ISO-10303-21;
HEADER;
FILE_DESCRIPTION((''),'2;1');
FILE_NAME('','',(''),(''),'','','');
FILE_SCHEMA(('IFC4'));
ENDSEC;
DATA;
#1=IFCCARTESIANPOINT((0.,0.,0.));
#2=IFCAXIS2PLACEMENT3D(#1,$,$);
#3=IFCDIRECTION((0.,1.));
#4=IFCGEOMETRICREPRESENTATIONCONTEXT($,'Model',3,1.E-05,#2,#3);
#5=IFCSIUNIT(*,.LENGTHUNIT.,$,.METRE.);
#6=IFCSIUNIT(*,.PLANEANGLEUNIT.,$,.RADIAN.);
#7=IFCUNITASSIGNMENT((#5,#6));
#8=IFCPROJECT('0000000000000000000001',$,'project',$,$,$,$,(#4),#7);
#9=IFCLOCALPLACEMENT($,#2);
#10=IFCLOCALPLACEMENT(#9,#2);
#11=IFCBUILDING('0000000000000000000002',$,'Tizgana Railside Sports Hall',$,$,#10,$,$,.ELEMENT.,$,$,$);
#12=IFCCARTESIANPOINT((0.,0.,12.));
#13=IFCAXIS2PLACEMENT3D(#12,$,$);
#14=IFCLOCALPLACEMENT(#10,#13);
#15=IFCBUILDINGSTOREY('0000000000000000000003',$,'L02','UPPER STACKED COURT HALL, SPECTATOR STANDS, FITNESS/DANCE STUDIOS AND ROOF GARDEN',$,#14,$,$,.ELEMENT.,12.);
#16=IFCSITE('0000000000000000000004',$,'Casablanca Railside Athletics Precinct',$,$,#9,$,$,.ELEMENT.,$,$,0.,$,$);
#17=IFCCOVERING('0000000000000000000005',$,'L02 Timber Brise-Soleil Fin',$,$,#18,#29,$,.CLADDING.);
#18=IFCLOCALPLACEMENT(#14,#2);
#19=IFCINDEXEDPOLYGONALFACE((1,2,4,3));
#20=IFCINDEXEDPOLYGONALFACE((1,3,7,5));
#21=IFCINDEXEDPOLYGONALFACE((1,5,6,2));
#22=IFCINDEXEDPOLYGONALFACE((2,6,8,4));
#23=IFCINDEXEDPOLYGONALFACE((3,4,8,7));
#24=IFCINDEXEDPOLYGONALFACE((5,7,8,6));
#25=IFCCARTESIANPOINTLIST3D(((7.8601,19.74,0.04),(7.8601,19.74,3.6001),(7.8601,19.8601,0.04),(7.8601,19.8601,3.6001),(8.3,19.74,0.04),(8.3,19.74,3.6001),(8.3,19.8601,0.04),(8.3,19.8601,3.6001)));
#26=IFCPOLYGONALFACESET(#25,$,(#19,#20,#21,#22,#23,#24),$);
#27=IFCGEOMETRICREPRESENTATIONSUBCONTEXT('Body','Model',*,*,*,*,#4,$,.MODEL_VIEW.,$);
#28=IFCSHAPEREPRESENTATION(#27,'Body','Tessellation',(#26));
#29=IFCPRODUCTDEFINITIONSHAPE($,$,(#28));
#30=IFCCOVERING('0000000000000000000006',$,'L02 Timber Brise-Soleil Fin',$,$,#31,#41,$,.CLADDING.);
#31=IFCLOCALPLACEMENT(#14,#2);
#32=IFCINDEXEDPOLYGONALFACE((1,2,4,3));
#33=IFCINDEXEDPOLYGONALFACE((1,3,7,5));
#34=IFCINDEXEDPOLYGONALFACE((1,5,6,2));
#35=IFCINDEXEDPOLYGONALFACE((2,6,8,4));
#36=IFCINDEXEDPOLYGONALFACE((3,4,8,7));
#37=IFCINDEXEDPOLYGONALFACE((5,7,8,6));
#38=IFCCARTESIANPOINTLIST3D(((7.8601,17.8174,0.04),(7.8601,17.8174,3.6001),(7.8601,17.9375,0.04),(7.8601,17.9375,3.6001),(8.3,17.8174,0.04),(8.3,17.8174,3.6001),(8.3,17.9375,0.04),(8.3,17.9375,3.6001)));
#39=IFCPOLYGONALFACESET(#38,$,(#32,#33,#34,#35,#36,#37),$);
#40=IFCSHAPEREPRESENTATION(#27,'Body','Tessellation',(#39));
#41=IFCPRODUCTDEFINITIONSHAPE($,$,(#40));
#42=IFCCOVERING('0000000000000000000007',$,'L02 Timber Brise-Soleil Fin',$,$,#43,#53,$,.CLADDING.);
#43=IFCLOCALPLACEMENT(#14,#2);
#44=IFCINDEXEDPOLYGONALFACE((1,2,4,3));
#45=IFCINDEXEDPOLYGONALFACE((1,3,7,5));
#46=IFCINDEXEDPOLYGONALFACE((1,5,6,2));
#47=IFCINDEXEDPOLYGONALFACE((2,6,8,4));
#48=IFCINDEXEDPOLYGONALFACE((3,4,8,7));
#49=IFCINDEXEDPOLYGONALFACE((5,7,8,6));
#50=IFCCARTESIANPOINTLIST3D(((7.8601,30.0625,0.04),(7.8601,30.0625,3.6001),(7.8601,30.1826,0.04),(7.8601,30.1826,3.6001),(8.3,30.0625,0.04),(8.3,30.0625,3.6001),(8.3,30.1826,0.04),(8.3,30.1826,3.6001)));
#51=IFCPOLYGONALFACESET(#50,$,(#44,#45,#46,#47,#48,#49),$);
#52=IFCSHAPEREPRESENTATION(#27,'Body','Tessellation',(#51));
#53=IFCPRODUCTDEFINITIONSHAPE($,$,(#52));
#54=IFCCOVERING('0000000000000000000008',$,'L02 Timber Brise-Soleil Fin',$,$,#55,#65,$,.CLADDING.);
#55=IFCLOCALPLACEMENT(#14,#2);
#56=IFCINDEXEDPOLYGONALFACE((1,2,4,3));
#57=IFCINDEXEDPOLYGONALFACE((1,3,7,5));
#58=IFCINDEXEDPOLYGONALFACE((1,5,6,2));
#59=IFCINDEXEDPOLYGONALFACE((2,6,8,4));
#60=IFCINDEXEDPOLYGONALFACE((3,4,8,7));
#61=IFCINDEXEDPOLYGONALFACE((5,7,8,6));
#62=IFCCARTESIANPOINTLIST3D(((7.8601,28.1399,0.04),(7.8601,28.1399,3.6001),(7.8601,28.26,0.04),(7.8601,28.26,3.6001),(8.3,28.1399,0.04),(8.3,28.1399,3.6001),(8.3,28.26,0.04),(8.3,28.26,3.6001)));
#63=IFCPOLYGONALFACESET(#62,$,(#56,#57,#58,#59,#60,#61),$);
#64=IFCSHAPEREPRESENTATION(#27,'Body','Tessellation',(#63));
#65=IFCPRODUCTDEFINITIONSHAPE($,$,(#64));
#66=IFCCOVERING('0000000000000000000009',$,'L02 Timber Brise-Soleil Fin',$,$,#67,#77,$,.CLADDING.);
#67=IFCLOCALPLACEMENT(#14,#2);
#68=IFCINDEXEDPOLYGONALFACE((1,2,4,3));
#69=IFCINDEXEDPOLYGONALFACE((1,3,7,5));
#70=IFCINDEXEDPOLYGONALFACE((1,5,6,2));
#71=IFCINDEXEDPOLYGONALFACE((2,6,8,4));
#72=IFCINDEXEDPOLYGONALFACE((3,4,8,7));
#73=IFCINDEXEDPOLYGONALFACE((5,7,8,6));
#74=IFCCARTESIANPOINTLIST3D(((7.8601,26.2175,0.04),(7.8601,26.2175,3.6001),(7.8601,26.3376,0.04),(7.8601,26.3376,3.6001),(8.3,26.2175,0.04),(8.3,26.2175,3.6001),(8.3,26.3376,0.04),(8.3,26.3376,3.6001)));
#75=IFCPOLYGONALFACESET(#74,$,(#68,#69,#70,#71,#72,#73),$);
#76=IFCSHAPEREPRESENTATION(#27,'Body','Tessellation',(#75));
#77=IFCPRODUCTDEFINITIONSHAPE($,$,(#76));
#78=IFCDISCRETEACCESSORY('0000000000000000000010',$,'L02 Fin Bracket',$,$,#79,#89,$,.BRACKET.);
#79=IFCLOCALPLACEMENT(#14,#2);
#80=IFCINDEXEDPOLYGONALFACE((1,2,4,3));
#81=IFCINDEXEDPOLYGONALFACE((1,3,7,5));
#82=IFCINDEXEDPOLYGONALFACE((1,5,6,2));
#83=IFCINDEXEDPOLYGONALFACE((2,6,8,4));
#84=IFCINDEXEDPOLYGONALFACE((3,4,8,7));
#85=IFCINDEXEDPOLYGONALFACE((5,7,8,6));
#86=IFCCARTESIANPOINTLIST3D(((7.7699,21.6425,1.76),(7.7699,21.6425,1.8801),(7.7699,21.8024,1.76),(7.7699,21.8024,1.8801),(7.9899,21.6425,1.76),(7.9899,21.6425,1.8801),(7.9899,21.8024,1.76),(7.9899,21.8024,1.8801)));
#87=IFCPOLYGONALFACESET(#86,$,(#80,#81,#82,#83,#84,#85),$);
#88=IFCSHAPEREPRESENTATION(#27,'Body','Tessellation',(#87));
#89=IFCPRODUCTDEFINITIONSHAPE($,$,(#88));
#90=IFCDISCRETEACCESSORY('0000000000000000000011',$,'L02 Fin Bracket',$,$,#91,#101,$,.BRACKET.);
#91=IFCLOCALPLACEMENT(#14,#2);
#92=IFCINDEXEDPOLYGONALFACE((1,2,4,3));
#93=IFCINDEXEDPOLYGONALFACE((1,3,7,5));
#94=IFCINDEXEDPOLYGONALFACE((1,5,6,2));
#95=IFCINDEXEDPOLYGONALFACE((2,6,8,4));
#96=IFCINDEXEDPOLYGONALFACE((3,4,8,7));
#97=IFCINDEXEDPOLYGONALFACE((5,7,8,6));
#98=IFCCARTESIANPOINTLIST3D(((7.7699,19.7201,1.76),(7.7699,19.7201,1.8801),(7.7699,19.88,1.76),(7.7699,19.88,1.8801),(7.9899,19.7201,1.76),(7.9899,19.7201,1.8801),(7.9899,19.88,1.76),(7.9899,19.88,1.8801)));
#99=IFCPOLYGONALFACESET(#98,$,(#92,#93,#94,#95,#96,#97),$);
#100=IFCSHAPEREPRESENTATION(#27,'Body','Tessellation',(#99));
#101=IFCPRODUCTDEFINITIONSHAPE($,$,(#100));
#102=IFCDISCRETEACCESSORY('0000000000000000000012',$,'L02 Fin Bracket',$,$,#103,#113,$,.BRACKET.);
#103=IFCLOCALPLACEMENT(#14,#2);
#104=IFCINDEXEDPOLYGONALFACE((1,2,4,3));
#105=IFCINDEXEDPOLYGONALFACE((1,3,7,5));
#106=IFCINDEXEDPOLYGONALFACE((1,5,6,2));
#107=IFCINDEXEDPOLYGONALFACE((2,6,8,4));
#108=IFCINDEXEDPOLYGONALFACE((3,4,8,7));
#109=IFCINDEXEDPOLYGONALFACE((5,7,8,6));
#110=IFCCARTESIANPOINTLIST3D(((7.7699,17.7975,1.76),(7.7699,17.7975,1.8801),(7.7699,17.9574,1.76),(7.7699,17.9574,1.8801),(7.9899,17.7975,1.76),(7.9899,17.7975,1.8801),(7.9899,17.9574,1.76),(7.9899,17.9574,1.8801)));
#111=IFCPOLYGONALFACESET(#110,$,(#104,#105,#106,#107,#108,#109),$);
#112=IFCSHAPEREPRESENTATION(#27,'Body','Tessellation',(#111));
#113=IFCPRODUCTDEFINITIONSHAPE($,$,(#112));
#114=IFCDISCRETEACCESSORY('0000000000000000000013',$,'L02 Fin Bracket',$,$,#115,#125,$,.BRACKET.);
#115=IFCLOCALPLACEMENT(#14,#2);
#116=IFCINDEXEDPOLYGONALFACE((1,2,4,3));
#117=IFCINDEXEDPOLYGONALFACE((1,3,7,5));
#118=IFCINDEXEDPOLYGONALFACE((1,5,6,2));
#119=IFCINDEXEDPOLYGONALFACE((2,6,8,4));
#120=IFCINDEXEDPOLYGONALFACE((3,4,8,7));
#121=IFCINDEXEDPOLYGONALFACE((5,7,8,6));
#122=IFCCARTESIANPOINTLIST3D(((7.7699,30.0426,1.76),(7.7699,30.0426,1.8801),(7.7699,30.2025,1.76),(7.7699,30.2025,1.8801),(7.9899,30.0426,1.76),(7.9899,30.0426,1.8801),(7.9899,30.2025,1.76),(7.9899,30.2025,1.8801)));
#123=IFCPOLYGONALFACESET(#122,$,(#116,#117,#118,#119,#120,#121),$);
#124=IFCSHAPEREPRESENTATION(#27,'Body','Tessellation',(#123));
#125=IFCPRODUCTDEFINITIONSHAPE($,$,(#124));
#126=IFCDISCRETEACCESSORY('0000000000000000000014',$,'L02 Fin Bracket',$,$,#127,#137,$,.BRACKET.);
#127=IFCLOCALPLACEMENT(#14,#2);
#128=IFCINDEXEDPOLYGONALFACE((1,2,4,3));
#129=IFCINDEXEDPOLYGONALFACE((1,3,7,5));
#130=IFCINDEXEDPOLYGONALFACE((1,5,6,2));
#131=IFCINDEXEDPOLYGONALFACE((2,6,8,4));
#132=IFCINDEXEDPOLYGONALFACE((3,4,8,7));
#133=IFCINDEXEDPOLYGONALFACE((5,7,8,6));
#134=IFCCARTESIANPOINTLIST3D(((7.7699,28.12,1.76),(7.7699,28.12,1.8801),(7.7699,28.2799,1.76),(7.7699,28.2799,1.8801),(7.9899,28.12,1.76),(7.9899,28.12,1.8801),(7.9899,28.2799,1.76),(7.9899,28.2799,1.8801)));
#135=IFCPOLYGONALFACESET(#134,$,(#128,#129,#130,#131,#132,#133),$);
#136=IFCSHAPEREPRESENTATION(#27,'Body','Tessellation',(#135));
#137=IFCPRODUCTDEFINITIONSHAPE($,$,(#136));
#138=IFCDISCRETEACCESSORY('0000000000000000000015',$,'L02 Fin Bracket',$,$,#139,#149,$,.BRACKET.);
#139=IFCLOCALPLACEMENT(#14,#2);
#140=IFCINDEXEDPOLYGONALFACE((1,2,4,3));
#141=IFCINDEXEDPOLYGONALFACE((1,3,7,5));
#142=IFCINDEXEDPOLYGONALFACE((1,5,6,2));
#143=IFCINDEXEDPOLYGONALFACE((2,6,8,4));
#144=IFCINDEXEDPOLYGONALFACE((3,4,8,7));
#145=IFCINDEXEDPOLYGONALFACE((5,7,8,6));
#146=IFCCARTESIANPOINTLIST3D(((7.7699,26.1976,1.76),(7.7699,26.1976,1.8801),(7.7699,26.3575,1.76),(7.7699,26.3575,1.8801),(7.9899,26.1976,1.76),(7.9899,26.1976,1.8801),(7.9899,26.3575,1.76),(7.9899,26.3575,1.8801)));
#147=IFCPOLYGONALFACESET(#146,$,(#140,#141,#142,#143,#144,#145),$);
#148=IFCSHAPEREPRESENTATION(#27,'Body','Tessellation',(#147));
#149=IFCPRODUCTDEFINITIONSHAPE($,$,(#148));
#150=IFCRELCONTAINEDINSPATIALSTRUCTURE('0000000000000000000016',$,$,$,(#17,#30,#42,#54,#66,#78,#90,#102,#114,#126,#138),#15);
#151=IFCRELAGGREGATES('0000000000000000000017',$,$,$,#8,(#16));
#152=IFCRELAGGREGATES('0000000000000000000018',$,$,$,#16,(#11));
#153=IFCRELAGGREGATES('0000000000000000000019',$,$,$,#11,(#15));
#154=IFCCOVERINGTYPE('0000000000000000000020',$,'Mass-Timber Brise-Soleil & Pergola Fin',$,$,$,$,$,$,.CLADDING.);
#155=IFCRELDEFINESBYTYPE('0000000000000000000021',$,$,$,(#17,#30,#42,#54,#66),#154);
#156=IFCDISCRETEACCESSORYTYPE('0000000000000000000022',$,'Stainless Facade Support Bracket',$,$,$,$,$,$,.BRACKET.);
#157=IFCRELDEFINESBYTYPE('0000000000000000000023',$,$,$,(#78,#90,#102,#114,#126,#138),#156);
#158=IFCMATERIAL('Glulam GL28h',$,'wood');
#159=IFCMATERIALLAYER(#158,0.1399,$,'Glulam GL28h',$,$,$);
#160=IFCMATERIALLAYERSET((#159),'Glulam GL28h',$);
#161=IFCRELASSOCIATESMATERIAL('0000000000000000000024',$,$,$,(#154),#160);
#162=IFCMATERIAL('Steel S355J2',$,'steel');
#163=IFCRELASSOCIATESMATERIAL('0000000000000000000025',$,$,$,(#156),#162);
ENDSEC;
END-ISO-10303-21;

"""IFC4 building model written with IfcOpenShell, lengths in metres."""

from ifc_helpers import new_model, si_unit, direction, frame, origin, origin_2d, place, context, subcontext, project, spatial, rectangle, extrude, material, layer, layer_set, type_object, element, save


model = new_model("IFC4")

# Units and contexts
model_context = context("Model", 3, precision=1e-05, world=origin(), true_north=direction((0.0, 1.0)))
body_context = subcontext(model_context, "Body", "Model", "MODEL_VIEW")
ifc_project = project(units=[si_unit("LENGTHUNIT", "METRE"), si_unit("PLANEANGLEUNIT", "RADIAN")], contexts=[model_context])

# Site, building, storey
site_placement = place(None, origin())
site = spatial("IfcSite", under=ifc_project, at=site_placement, Name="Casablanca Railside Athletics Precinct", CompositionType="ELEMENT", RefElevation=0.0)
building_placement = place(site_placement, origin())
building = spatial("IfcBuilding", under=site, at=building_placement, Name="Tizgana Railside Sports Hall", CompositionType="ELEMENT")
storey_placement = place(building_placement, frame((0.0, 0.0, 12.0)))
storey = spatial("IfcBuildingStorey", under=building, at=storey_placement, Name="L02", Description="UPPER STACKED COURT HALL, SPECTATOR STANDS, FITNESS/DANCE STUDIOS AND ROOF GARDEN", CompositionType="ELEMENT", Elevation=12.0)

# Shared definitions
ifc_material_1 = material(Name="Steel S355J2", Category="steel")

# Coverings
ifc_material_2 = material(Name="Glulam GL28h", Category="wood")
ifc_layer_1 = layer(ifc_material_2, 0.1399, Name="Glulam GL28h")
ifc_layer_set_1 = layer_set([ifc_layer_1], Name="Glulam GL28h")
covering_type = type_object("IfcCoveringType", Name="Mass-Timber Brise-Soleil & Pergola Fin", PredefinedType="CLADDING", material=ifc_layer_set_1)
for number, where, z_axis, x_axis, name in (
    (1, (8.0801, 19.8, 0.04), (0.0, 0.0, 1.0), (0.0, -1.0, 0.0), "L02 Timber Brise-Soleil Fin"),
    (2, (8.0801, 17.8774, 0.04), (0.0, 0.0, 1.0), (0.0, -1.0, 0.0), "L02 Timber Brise-Soleil Fin"),
    (3, (8.0801, 30.1226, 0.04), (0.0, 0.0, 1.0), (0.0, -1.0, 0.0), "L02 Timber Brise-Soleil Fin"),
    (4, (8.0801, 28.2, 0.04), (0.0, 0.0, 1.0), (0.0, -1.0, 0.0), "L02 Timber Brise-Soleil Fin"),
    (5, (8.0801, 26.2776, 0.04), (0.0, 0.0, 1.0), (0.0, -1.0, 0.0), "L02 Timber Brise-Soleil Fin"),
):
    element("IfcCovering", number, at=place(storey_placement, frame(where, z_axis=z_axis, x_axis=x_axis)), inside=storey, type_object=covering_type, Name=name, PredefinedType="CLADDING", context=body_context, shape_type="SweptSolid", body=[
        extrude(rectangle(XDim=0.1201, YDim=0.4399, at=origin_2d()), origin(), (0.0, 0.0, 1.0), 3.5601),
    ])

# Discrete accessories
discrete_accessory_type = type_object("IfcDiscreteAccessoryType", Name="Stainless Facade Support Bracket", PredefinedType="BRACKET", material=ifc_material_1)
for number, where, z_axis, x_axis, name in (
    (6, (7.8799, 21.7224, 1.76), (0.0, 0.0, 1.0), (0.0, -1.0, 0.0), "L02 Fin Bracket"),
    (7, (7.8799, 19.8, 1.76), (0.0, 0.0, 1.0), (0.0, -1.0, 0.0), "L02 Fin Bracket"),
    (8, (7.8799, 17.8774, 1.76), (0.0, 0.0, 1.0), (0.0, -1.0, 0.0), "L02 Fin Bracket"),
    (9, (7.8799, 30.1226, 1.76), (0.0, 0.0, 1.0), (0.0, -1.0, 0.0), "L02 Fin Bracket"),
    (10, (7.8799, 28.2, 1.76), (0.0, 0.0, 1.0), (0.0, -1.0, 0.0), "L02 Fin Bracket"),
    (11, (7.8799, 26.2776, 1.76), (0.0, 0.0, 1.0), (0.0, -1.0, 0.0), "L02 Fin Bracket"),
):
    element("IfcDiscreteAccessory", number, at=place(storey_placement, frame(where, z_axis=z_axis, x_axis=x_axis)), inside=storey, type_object=discrete_accessory_type, Name=name, PredefinedType="BRACKET", context=body_context, shape_type="SweptSolid", body=[
        extrude(rectangle(XDim=0.1599, YDim=0.22, at=origin_2d()), origin(), (0.0, 0.0, 1.0), 0.1201),
    ])

save(model, "model.ifc")
